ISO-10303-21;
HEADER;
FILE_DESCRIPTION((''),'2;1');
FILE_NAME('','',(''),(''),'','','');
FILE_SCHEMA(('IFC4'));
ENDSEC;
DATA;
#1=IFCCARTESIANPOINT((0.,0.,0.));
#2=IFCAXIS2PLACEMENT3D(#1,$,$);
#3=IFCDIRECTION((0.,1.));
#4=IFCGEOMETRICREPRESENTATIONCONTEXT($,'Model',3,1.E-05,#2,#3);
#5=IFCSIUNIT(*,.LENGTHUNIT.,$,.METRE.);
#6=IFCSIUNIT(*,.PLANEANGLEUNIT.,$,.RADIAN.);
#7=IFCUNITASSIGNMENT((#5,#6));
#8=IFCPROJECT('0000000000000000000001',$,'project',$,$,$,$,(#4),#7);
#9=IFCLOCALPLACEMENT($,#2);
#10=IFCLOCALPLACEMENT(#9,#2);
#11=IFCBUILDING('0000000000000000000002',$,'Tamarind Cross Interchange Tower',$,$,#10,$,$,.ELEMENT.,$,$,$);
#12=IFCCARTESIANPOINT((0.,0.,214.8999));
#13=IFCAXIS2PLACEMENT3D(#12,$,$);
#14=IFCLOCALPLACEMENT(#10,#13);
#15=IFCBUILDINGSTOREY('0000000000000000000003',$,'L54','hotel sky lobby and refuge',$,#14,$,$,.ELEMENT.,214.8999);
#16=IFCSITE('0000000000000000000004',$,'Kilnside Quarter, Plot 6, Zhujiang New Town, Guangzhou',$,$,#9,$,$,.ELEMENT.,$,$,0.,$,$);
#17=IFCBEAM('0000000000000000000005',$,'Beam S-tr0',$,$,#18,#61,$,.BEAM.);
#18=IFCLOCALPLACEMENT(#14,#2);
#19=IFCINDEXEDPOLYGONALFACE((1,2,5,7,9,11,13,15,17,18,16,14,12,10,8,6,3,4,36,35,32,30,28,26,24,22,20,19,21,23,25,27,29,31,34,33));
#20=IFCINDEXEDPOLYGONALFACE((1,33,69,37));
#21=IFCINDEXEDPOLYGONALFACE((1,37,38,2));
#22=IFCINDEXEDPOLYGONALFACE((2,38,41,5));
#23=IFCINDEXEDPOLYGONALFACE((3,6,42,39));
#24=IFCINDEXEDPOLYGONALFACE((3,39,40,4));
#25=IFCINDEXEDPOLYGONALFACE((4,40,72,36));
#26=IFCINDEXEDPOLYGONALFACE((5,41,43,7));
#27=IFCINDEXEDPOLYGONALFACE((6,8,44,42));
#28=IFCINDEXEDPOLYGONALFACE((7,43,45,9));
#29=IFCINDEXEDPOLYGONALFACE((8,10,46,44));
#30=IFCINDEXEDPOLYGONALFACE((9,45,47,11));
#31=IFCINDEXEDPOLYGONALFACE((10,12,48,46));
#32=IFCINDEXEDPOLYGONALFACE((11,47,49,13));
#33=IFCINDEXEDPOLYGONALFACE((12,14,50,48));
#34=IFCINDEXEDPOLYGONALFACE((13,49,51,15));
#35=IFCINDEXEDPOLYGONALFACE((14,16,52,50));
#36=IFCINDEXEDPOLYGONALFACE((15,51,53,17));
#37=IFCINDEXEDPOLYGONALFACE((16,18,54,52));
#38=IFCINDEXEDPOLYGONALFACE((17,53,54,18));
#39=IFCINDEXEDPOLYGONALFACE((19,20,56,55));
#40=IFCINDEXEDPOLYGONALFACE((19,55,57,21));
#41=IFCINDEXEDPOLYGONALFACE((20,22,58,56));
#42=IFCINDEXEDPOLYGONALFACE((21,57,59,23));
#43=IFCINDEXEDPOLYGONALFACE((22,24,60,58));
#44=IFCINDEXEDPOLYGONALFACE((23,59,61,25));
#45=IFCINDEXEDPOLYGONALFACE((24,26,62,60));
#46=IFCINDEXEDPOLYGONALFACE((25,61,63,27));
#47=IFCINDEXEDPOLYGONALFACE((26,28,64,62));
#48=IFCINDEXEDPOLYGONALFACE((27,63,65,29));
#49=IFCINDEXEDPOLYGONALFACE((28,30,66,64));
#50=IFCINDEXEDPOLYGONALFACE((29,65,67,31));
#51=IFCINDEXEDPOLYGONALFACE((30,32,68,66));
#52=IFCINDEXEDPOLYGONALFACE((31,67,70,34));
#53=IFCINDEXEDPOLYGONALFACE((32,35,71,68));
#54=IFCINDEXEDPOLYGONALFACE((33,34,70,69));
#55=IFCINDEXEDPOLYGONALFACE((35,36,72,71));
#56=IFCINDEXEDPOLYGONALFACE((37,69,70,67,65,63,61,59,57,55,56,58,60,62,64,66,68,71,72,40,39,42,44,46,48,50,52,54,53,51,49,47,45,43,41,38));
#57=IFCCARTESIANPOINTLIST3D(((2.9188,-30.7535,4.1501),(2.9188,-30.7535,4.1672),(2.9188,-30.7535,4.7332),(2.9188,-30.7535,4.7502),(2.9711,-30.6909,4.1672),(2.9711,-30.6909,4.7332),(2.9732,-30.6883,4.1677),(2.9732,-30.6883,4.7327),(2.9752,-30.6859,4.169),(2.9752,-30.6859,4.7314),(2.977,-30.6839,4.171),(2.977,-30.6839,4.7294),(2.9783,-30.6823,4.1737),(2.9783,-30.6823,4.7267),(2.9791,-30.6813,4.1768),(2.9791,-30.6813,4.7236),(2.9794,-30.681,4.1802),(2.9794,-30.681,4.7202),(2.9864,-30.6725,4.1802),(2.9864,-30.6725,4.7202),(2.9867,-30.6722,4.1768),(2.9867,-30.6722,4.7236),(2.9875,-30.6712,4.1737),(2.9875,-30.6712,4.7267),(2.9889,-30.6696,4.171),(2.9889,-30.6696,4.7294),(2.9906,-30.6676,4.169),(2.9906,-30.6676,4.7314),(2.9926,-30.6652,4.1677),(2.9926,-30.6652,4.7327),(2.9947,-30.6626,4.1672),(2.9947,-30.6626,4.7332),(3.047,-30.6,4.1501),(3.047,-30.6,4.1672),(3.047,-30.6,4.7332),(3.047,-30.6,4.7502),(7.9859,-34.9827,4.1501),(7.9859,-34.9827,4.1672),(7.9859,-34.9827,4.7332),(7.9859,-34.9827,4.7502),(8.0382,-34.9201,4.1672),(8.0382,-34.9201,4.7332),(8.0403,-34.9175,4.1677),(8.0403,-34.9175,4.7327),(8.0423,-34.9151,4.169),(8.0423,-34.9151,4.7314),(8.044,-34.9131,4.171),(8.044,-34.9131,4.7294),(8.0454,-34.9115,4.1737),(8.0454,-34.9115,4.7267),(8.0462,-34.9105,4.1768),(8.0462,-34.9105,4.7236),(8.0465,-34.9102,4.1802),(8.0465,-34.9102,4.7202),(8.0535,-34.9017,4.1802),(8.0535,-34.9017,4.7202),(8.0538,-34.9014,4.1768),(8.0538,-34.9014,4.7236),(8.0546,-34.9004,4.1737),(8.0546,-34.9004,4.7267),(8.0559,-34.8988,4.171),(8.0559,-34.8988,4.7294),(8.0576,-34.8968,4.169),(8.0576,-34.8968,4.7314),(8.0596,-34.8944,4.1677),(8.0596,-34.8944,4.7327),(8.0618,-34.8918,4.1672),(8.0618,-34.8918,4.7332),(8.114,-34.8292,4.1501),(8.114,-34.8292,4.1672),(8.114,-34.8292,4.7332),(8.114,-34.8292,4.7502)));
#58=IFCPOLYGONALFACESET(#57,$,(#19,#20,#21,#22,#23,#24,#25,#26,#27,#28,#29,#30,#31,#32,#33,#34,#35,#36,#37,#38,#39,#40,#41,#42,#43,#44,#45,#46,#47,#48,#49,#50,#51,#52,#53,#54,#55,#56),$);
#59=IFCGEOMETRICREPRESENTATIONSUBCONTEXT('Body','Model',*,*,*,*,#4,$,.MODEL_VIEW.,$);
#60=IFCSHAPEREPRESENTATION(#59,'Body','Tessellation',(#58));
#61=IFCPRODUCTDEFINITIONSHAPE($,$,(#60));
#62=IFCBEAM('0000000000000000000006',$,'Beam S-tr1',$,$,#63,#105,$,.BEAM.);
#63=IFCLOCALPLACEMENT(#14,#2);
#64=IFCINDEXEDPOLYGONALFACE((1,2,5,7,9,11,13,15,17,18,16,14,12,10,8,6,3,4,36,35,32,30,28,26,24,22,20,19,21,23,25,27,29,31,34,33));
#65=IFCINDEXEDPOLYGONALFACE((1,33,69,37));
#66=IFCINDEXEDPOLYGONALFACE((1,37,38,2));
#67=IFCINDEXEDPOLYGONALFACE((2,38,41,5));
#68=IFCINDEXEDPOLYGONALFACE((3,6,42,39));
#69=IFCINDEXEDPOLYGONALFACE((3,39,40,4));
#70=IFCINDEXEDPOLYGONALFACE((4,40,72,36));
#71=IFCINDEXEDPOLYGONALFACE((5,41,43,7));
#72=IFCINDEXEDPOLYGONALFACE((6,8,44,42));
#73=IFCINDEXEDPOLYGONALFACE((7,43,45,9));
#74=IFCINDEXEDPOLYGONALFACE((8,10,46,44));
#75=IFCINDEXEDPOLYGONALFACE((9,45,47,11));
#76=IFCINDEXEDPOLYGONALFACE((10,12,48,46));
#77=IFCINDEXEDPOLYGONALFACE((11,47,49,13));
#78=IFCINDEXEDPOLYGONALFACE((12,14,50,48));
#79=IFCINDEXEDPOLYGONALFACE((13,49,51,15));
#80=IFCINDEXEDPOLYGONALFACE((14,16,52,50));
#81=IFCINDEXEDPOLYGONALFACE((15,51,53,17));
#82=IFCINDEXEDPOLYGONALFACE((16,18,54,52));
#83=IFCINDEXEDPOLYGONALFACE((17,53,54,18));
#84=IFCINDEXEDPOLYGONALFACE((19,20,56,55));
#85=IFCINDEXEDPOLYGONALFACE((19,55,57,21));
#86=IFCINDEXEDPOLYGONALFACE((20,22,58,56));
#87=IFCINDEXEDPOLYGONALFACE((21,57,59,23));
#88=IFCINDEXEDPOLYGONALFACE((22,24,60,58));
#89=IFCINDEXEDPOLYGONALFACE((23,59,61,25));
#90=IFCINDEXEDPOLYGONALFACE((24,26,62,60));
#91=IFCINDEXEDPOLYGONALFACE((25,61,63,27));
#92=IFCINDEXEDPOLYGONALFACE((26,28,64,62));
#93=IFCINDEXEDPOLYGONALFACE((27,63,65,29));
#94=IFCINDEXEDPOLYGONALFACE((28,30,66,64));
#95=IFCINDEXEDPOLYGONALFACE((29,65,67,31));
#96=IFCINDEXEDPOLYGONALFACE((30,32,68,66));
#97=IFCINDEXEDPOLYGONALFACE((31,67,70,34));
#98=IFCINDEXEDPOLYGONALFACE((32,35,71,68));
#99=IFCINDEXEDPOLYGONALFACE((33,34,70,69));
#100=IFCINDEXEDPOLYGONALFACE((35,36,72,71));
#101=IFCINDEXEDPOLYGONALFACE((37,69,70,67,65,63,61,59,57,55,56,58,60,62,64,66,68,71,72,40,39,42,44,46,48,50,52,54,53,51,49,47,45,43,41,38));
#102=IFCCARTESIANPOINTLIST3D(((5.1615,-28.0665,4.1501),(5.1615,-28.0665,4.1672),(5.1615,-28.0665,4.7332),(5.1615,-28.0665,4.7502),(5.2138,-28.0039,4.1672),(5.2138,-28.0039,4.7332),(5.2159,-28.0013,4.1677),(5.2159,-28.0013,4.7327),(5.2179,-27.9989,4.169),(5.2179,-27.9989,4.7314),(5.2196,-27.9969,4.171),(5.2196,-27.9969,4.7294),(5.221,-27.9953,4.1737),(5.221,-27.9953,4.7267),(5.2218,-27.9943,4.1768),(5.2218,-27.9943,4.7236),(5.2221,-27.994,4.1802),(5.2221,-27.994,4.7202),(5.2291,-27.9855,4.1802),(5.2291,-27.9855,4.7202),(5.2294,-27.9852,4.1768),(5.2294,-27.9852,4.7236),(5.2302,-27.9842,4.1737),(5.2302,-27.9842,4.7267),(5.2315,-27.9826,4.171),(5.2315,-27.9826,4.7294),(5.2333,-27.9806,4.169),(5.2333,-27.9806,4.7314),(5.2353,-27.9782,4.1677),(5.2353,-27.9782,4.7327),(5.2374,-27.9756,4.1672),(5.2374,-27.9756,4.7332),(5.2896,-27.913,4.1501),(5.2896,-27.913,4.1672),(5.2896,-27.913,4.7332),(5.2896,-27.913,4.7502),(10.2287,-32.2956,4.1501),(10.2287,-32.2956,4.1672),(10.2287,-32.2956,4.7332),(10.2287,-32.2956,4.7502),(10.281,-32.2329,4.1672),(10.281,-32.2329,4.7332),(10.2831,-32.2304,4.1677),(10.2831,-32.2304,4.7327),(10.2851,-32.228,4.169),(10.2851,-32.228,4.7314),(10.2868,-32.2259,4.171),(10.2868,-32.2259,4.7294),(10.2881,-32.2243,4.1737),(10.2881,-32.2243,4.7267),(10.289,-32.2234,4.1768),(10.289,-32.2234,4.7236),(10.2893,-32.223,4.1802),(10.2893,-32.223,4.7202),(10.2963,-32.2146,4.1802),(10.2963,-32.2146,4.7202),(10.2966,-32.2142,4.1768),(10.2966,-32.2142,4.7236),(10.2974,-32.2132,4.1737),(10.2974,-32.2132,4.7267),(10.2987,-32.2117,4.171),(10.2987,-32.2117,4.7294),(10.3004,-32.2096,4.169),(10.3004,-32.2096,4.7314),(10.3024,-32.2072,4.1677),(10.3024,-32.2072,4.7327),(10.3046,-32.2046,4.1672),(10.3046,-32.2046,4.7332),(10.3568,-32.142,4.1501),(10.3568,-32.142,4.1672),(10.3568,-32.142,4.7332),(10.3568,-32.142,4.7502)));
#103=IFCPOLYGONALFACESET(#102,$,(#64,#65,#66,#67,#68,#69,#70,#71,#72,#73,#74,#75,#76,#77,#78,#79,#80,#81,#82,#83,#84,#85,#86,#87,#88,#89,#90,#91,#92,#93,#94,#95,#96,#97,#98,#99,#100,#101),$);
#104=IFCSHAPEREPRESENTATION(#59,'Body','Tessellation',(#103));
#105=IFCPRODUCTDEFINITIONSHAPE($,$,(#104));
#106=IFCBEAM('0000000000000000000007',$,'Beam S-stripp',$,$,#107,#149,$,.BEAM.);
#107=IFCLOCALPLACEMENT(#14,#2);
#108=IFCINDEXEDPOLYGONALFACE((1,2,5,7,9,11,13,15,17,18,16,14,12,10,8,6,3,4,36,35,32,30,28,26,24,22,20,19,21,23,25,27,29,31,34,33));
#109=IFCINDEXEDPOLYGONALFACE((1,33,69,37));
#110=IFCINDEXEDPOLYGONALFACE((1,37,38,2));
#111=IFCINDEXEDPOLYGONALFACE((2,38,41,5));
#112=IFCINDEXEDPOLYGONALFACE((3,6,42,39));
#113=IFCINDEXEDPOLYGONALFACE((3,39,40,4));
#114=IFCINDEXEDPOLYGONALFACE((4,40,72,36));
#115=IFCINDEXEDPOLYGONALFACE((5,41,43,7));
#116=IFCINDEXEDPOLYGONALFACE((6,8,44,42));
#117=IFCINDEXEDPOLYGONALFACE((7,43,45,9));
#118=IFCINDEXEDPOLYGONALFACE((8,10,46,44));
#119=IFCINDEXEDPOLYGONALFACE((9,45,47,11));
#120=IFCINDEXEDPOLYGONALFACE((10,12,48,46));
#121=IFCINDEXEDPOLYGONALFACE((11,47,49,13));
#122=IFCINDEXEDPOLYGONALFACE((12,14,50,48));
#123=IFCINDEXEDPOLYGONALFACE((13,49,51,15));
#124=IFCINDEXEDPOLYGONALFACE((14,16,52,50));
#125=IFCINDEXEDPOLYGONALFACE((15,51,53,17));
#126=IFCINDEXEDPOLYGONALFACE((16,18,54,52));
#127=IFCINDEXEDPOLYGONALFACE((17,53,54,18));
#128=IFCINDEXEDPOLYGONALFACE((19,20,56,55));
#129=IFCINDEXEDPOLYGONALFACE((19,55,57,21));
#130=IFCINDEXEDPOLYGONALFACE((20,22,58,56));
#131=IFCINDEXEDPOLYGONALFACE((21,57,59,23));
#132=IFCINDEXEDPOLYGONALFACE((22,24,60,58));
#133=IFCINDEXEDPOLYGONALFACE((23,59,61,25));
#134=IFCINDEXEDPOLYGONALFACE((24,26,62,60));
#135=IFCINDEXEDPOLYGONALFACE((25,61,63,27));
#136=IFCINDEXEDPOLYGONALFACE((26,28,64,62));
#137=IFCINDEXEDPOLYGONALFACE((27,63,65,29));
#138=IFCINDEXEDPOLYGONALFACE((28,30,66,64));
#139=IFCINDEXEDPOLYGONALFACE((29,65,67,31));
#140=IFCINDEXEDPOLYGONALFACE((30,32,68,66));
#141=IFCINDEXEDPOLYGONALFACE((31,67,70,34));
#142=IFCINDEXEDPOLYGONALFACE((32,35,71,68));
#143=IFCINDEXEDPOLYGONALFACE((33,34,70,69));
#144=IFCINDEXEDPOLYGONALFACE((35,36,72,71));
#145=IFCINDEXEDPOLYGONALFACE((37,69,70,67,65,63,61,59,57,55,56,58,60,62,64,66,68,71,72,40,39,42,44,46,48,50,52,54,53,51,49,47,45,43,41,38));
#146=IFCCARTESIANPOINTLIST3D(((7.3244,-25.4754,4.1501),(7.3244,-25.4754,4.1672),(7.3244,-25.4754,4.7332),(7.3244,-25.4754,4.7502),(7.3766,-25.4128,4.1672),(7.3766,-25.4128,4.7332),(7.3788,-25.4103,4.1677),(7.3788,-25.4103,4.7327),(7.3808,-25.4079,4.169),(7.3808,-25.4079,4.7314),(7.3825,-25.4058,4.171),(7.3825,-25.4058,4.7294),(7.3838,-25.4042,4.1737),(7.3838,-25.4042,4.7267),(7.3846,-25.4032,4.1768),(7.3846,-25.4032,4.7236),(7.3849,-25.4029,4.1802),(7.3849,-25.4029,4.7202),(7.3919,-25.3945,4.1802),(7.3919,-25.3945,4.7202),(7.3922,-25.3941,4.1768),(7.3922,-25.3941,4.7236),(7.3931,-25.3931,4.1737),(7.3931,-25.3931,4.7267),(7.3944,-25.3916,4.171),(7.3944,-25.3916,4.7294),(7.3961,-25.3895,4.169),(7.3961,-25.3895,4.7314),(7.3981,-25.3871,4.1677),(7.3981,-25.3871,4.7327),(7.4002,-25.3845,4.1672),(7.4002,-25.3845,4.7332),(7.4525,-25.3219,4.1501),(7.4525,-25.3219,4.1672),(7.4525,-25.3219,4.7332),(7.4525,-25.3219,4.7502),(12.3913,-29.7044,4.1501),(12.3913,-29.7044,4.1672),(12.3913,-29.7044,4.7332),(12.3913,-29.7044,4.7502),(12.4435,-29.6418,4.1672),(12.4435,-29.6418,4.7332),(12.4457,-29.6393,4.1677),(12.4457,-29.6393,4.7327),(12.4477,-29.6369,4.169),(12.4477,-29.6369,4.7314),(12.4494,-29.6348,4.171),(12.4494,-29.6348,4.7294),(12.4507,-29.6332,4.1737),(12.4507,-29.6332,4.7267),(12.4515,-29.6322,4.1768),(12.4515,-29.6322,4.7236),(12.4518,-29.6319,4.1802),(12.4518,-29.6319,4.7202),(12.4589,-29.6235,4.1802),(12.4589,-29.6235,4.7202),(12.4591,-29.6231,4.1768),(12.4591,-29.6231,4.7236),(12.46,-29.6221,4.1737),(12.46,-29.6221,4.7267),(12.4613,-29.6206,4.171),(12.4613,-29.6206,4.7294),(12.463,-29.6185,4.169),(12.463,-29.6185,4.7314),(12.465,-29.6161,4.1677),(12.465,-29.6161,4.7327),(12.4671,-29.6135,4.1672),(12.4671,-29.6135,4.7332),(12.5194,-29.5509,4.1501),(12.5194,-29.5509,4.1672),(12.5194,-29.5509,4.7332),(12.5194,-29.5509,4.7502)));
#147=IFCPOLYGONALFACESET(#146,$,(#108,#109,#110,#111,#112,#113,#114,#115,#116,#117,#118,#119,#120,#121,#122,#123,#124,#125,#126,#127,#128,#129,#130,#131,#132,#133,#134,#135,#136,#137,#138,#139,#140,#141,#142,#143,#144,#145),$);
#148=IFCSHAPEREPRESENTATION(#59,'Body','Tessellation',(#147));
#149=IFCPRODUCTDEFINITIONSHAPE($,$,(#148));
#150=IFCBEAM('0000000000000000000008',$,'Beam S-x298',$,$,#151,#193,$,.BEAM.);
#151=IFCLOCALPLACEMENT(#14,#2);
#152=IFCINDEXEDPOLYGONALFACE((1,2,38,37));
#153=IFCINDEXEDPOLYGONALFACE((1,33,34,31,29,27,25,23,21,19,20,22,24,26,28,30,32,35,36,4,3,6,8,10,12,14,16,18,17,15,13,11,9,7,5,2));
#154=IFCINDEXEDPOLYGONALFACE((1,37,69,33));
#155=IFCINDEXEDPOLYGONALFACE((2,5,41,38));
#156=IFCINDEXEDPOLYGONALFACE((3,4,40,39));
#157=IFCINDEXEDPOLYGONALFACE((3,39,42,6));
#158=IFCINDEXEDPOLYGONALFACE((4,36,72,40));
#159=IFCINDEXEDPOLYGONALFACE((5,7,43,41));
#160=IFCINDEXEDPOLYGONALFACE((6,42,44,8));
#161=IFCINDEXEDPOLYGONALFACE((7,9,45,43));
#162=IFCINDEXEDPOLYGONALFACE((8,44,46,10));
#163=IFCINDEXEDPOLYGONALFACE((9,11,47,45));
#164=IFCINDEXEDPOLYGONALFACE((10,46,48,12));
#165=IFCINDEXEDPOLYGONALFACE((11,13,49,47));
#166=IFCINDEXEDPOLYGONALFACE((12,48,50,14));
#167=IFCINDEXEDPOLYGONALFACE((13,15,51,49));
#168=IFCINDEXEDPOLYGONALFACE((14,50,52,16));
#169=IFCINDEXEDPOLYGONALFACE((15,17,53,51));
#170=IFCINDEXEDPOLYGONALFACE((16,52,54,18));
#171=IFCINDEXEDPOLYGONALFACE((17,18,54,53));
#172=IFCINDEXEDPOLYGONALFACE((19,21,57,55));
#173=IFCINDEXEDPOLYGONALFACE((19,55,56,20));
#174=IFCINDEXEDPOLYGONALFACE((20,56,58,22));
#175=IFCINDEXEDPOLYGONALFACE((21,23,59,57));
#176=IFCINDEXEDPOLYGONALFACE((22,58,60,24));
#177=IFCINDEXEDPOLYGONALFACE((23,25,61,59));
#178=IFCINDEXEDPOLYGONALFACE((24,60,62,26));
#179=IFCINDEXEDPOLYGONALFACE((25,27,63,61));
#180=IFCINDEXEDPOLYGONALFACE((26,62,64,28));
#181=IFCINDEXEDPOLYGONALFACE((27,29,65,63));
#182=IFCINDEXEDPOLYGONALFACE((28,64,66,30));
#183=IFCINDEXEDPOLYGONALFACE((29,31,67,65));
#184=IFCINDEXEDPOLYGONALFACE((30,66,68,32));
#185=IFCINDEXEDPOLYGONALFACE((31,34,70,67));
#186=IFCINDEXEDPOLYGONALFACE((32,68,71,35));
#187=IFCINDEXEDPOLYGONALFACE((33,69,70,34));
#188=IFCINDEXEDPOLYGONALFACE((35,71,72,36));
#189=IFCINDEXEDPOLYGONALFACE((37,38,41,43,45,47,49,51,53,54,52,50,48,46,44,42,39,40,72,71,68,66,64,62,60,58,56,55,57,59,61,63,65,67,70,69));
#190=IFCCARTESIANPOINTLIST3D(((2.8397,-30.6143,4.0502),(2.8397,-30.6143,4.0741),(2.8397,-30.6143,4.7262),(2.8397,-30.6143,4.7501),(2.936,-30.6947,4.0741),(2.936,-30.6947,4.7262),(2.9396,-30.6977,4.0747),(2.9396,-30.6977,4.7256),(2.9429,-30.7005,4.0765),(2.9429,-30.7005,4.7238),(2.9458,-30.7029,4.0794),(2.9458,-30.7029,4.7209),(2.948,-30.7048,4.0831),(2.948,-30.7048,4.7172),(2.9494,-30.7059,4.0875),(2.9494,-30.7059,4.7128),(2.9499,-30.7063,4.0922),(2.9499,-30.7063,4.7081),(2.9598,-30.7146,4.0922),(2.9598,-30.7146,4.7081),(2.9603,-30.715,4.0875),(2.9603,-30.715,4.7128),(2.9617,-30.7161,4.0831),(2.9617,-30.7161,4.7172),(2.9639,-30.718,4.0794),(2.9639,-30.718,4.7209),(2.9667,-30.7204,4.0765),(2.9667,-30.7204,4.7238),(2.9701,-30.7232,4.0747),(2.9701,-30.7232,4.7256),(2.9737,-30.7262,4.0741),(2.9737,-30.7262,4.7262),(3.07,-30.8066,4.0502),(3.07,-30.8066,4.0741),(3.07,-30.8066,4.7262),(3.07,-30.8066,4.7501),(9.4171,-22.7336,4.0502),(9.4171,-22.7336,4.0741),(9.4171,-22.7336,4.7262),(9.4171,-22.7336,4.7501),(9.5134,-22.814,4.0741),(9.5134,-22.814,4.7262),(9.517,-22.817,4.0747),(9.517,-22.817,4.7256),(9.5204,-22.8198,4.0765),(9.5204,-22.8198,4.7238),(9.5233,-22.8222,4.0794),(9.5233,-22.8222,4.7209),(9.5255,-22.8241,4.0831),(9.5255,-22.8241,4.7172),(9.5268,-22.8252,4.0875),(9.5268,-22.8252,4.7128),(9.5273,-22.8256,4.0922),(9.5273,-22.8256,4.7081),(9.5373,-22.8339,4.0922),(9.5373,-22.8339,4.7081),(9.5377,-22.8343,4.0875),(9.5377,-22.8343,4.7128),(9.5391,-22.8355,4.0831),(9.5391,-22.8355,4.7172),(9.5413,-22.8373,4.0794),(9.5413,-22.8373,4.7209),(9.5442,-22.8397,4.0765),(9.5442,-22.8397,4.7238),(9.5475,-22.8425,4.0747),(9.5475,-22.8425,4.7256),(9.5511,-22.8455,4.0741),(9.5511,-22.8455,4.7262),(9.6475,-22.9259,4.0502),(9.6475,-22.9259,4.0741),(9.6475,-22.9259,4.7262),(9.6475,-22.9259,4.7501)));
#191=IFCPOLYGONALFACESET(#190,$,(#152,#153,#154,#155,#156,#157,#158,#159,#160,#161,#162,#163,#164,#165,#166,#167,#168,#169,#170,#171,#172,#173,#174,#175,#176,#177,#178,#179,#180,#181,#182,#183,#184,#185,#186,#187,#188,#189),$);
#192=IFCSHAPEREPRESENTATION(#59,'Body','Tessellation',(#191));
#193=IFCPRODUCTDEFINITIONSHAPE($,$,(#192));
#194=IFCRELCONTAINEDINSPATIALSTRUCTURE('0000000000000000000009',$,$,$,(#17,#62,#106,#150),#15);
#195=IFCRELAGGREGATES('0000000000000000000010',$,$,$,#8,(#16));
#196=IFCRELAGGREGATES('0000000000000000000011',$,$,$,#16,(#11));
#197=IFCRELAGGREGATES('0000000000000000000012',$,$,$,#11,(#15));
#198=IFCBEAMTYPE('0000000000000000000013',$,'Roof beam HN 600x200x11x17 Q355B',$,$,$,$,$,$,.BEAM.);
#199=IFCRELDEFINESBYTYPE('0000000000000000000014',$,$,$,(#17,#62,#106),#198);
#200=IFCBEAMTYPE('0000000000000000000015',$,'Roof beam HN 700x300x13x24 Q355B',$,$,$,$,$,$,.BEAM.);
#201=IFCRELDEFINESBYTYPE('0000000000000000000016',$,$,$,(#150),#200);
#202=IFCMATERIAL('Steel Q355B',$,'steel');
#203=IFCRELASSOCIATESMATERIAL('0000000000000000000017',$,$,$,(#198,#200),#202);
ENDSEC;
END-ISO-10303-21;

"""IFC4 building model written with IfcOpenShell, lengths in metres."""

from ifc_helpers import new_model, si_unit, direction, frame, origin, origin_2d, place, context, subcontext, project, spatial, i_section, extrude, material, material_profile, profile_set, type_object, element, save


model = new_model("IFC4")

# Units and contexts
model_context = context("Model", 3, precision=1e-05, world=origin(), true_north=direction((0.0, 1.0)))
body_context = subcontext(model_context, "Body", "Model", "MODEL_VIEW")
ifc_project = project(units=[si_unit("LENGTHUNIT", "METRE"), si_unit("PLANEANGLEUNIT", "RADIAN")], contexts=[model_context])

# Site, building, storey
site_placement = place(None, origin())
site = spatial("IfcSite", under=ifc_project, at=site_placement, Name="Kilnside Quarter, Plot 6, Zhujiang New Town, Guangzhou", CompositionType="ELEMENT", RefElevation=0.0)
building_placement = place(site_placement, origin())
building = spatial("IfcBuilding", under=site, at=building_placement, Name="Tamarind Cross Interchange Tower", CompositionType="ELEMENT")
storey_placement = place(building_placement, frame((0.0, 0.0, 214.8999)))
storey = spatial("IfcBuildingStorey", under=building, at=storey_placement, Name="L54", Description="hotel sky lobby and refuge", CompositionType="ELEMENT", Elevation=214.8999)

# Beams
ifc_material_1 = material(Name="Steel Q355B", Category="steel")
ifc_material_profile_1 = material_profile(ifc_material_1, i_section(OverallWidth=0.2, OverallDepth=0.6001, WebThickness=0.011, FlangeThickness=0.0171, FilletRadius=0.0129, at=origin_2d()), Name="HN 600x200x11x17")
ifc_profile_set_1 = profile_set([ifc_material_profile_1], Name="Steel Q355B")
beam_type_1 = type_object("IfcBeamType", Name="Roof beam HN 600x200x11x17 Q355B", PredefinedType="BEAM", material=ifc_profile_set_1)
for number, where, z_axis, x_axis, name in (
    (1, (2.9829, -30.6768, 4.4502), (0.767727, -0.640777, 0.0), (0.640777, 0.767727, 0.0), "Beam S-tr0"),
    (2, (5.2256, -27.9897, 4.4502), (0.767745, -0.640755, 0.0), (0.640755, 0.767745, 0.0), "Beam S-tr1"),
):
    element("IfcBeam", number, at=place(storey_placement, frame(where, z_axis=z_axis, x_axis=x_axis)), inside=storey, type_object=beam_type_1, Name=name, PredefinedType="BEAM", context=body_context, shape_type="SweptSolid", body=[
        extrude(i_section(OverallWidth=0.2, OverallDepth=0.6001, WebThickness=0.011, FlangeThickness=0.0171, FilletRadius=0.0129, at=origin_2d()), origin(), (0.0, 0.0, 1.0), 6.6001),
    ])
beam_1_placement = place(storey_placement, frame((7.3884, -25.3987, 4.4502), z_axis=(0.76773, -0.640774, 0.0), x_axis=(0.640774, 0.76773, 0.0)))
element("IfcBeam", 3, at=beam_1_placement, inside=storey, type_object=beam_type_1, Name="Beam S-stripp", PredefinedType="BEAM", context=body_context, shape_type="SweptSolid", body=[
    extrude(i_section(OverallWidth=0.2, OverallDepth=0.6001, WebThickness=0.011, FlangeThickness=0.0171, FilletRadius=0.0129, at=origin_2d()), origin(), (0.0, 0.0, 1.0), 6.5999),
])
ifc_material_profile_2 = material_profile(ifc_material_1, i_section(OverallWidth=0.3, OverallDepth=0.7, WebThickness=0.0129, FlangeThickness=0.0239, FilletRadius=0.0181, at=origin_2d()), Name="HN 700x300x13x24")
ifc_profile_set_2 = profile_set([ifc_material_profile_2], Name="Steel Q355B")
beam_type_2 = type_object("IfcBeamType", Name="Roof beam HN 700x300x13x24 Q355B", PredefinedType="BEAM", material=ifc_profile_set_2)
beam_2_placement = place(storey_placement, frame((2.9548, -30.7104, 4.4001), z_axis=(0.640771, 0.767732, 0.0), x_axis=(-0.767732, 0.640771, 0.0)))
element("IfcBeam", 4, at=beam_2_placement, inside=storey, type_object=beam_type_2, Name="Beam S-x298", PredefinedType="BEAM", context=body_context, shape_type="SweptSolid", body=[
    extrude(i_section(OverallWidth=0.3, OverallDepth=0.7, WebThickness=0.0129, FlangeThickness=0.0239, FilletRadius=0.0181, at=origin_2d()), origin(), (0.0, 0.0, 1.0), 10.2649),
])

save(model, "model.ifc")
